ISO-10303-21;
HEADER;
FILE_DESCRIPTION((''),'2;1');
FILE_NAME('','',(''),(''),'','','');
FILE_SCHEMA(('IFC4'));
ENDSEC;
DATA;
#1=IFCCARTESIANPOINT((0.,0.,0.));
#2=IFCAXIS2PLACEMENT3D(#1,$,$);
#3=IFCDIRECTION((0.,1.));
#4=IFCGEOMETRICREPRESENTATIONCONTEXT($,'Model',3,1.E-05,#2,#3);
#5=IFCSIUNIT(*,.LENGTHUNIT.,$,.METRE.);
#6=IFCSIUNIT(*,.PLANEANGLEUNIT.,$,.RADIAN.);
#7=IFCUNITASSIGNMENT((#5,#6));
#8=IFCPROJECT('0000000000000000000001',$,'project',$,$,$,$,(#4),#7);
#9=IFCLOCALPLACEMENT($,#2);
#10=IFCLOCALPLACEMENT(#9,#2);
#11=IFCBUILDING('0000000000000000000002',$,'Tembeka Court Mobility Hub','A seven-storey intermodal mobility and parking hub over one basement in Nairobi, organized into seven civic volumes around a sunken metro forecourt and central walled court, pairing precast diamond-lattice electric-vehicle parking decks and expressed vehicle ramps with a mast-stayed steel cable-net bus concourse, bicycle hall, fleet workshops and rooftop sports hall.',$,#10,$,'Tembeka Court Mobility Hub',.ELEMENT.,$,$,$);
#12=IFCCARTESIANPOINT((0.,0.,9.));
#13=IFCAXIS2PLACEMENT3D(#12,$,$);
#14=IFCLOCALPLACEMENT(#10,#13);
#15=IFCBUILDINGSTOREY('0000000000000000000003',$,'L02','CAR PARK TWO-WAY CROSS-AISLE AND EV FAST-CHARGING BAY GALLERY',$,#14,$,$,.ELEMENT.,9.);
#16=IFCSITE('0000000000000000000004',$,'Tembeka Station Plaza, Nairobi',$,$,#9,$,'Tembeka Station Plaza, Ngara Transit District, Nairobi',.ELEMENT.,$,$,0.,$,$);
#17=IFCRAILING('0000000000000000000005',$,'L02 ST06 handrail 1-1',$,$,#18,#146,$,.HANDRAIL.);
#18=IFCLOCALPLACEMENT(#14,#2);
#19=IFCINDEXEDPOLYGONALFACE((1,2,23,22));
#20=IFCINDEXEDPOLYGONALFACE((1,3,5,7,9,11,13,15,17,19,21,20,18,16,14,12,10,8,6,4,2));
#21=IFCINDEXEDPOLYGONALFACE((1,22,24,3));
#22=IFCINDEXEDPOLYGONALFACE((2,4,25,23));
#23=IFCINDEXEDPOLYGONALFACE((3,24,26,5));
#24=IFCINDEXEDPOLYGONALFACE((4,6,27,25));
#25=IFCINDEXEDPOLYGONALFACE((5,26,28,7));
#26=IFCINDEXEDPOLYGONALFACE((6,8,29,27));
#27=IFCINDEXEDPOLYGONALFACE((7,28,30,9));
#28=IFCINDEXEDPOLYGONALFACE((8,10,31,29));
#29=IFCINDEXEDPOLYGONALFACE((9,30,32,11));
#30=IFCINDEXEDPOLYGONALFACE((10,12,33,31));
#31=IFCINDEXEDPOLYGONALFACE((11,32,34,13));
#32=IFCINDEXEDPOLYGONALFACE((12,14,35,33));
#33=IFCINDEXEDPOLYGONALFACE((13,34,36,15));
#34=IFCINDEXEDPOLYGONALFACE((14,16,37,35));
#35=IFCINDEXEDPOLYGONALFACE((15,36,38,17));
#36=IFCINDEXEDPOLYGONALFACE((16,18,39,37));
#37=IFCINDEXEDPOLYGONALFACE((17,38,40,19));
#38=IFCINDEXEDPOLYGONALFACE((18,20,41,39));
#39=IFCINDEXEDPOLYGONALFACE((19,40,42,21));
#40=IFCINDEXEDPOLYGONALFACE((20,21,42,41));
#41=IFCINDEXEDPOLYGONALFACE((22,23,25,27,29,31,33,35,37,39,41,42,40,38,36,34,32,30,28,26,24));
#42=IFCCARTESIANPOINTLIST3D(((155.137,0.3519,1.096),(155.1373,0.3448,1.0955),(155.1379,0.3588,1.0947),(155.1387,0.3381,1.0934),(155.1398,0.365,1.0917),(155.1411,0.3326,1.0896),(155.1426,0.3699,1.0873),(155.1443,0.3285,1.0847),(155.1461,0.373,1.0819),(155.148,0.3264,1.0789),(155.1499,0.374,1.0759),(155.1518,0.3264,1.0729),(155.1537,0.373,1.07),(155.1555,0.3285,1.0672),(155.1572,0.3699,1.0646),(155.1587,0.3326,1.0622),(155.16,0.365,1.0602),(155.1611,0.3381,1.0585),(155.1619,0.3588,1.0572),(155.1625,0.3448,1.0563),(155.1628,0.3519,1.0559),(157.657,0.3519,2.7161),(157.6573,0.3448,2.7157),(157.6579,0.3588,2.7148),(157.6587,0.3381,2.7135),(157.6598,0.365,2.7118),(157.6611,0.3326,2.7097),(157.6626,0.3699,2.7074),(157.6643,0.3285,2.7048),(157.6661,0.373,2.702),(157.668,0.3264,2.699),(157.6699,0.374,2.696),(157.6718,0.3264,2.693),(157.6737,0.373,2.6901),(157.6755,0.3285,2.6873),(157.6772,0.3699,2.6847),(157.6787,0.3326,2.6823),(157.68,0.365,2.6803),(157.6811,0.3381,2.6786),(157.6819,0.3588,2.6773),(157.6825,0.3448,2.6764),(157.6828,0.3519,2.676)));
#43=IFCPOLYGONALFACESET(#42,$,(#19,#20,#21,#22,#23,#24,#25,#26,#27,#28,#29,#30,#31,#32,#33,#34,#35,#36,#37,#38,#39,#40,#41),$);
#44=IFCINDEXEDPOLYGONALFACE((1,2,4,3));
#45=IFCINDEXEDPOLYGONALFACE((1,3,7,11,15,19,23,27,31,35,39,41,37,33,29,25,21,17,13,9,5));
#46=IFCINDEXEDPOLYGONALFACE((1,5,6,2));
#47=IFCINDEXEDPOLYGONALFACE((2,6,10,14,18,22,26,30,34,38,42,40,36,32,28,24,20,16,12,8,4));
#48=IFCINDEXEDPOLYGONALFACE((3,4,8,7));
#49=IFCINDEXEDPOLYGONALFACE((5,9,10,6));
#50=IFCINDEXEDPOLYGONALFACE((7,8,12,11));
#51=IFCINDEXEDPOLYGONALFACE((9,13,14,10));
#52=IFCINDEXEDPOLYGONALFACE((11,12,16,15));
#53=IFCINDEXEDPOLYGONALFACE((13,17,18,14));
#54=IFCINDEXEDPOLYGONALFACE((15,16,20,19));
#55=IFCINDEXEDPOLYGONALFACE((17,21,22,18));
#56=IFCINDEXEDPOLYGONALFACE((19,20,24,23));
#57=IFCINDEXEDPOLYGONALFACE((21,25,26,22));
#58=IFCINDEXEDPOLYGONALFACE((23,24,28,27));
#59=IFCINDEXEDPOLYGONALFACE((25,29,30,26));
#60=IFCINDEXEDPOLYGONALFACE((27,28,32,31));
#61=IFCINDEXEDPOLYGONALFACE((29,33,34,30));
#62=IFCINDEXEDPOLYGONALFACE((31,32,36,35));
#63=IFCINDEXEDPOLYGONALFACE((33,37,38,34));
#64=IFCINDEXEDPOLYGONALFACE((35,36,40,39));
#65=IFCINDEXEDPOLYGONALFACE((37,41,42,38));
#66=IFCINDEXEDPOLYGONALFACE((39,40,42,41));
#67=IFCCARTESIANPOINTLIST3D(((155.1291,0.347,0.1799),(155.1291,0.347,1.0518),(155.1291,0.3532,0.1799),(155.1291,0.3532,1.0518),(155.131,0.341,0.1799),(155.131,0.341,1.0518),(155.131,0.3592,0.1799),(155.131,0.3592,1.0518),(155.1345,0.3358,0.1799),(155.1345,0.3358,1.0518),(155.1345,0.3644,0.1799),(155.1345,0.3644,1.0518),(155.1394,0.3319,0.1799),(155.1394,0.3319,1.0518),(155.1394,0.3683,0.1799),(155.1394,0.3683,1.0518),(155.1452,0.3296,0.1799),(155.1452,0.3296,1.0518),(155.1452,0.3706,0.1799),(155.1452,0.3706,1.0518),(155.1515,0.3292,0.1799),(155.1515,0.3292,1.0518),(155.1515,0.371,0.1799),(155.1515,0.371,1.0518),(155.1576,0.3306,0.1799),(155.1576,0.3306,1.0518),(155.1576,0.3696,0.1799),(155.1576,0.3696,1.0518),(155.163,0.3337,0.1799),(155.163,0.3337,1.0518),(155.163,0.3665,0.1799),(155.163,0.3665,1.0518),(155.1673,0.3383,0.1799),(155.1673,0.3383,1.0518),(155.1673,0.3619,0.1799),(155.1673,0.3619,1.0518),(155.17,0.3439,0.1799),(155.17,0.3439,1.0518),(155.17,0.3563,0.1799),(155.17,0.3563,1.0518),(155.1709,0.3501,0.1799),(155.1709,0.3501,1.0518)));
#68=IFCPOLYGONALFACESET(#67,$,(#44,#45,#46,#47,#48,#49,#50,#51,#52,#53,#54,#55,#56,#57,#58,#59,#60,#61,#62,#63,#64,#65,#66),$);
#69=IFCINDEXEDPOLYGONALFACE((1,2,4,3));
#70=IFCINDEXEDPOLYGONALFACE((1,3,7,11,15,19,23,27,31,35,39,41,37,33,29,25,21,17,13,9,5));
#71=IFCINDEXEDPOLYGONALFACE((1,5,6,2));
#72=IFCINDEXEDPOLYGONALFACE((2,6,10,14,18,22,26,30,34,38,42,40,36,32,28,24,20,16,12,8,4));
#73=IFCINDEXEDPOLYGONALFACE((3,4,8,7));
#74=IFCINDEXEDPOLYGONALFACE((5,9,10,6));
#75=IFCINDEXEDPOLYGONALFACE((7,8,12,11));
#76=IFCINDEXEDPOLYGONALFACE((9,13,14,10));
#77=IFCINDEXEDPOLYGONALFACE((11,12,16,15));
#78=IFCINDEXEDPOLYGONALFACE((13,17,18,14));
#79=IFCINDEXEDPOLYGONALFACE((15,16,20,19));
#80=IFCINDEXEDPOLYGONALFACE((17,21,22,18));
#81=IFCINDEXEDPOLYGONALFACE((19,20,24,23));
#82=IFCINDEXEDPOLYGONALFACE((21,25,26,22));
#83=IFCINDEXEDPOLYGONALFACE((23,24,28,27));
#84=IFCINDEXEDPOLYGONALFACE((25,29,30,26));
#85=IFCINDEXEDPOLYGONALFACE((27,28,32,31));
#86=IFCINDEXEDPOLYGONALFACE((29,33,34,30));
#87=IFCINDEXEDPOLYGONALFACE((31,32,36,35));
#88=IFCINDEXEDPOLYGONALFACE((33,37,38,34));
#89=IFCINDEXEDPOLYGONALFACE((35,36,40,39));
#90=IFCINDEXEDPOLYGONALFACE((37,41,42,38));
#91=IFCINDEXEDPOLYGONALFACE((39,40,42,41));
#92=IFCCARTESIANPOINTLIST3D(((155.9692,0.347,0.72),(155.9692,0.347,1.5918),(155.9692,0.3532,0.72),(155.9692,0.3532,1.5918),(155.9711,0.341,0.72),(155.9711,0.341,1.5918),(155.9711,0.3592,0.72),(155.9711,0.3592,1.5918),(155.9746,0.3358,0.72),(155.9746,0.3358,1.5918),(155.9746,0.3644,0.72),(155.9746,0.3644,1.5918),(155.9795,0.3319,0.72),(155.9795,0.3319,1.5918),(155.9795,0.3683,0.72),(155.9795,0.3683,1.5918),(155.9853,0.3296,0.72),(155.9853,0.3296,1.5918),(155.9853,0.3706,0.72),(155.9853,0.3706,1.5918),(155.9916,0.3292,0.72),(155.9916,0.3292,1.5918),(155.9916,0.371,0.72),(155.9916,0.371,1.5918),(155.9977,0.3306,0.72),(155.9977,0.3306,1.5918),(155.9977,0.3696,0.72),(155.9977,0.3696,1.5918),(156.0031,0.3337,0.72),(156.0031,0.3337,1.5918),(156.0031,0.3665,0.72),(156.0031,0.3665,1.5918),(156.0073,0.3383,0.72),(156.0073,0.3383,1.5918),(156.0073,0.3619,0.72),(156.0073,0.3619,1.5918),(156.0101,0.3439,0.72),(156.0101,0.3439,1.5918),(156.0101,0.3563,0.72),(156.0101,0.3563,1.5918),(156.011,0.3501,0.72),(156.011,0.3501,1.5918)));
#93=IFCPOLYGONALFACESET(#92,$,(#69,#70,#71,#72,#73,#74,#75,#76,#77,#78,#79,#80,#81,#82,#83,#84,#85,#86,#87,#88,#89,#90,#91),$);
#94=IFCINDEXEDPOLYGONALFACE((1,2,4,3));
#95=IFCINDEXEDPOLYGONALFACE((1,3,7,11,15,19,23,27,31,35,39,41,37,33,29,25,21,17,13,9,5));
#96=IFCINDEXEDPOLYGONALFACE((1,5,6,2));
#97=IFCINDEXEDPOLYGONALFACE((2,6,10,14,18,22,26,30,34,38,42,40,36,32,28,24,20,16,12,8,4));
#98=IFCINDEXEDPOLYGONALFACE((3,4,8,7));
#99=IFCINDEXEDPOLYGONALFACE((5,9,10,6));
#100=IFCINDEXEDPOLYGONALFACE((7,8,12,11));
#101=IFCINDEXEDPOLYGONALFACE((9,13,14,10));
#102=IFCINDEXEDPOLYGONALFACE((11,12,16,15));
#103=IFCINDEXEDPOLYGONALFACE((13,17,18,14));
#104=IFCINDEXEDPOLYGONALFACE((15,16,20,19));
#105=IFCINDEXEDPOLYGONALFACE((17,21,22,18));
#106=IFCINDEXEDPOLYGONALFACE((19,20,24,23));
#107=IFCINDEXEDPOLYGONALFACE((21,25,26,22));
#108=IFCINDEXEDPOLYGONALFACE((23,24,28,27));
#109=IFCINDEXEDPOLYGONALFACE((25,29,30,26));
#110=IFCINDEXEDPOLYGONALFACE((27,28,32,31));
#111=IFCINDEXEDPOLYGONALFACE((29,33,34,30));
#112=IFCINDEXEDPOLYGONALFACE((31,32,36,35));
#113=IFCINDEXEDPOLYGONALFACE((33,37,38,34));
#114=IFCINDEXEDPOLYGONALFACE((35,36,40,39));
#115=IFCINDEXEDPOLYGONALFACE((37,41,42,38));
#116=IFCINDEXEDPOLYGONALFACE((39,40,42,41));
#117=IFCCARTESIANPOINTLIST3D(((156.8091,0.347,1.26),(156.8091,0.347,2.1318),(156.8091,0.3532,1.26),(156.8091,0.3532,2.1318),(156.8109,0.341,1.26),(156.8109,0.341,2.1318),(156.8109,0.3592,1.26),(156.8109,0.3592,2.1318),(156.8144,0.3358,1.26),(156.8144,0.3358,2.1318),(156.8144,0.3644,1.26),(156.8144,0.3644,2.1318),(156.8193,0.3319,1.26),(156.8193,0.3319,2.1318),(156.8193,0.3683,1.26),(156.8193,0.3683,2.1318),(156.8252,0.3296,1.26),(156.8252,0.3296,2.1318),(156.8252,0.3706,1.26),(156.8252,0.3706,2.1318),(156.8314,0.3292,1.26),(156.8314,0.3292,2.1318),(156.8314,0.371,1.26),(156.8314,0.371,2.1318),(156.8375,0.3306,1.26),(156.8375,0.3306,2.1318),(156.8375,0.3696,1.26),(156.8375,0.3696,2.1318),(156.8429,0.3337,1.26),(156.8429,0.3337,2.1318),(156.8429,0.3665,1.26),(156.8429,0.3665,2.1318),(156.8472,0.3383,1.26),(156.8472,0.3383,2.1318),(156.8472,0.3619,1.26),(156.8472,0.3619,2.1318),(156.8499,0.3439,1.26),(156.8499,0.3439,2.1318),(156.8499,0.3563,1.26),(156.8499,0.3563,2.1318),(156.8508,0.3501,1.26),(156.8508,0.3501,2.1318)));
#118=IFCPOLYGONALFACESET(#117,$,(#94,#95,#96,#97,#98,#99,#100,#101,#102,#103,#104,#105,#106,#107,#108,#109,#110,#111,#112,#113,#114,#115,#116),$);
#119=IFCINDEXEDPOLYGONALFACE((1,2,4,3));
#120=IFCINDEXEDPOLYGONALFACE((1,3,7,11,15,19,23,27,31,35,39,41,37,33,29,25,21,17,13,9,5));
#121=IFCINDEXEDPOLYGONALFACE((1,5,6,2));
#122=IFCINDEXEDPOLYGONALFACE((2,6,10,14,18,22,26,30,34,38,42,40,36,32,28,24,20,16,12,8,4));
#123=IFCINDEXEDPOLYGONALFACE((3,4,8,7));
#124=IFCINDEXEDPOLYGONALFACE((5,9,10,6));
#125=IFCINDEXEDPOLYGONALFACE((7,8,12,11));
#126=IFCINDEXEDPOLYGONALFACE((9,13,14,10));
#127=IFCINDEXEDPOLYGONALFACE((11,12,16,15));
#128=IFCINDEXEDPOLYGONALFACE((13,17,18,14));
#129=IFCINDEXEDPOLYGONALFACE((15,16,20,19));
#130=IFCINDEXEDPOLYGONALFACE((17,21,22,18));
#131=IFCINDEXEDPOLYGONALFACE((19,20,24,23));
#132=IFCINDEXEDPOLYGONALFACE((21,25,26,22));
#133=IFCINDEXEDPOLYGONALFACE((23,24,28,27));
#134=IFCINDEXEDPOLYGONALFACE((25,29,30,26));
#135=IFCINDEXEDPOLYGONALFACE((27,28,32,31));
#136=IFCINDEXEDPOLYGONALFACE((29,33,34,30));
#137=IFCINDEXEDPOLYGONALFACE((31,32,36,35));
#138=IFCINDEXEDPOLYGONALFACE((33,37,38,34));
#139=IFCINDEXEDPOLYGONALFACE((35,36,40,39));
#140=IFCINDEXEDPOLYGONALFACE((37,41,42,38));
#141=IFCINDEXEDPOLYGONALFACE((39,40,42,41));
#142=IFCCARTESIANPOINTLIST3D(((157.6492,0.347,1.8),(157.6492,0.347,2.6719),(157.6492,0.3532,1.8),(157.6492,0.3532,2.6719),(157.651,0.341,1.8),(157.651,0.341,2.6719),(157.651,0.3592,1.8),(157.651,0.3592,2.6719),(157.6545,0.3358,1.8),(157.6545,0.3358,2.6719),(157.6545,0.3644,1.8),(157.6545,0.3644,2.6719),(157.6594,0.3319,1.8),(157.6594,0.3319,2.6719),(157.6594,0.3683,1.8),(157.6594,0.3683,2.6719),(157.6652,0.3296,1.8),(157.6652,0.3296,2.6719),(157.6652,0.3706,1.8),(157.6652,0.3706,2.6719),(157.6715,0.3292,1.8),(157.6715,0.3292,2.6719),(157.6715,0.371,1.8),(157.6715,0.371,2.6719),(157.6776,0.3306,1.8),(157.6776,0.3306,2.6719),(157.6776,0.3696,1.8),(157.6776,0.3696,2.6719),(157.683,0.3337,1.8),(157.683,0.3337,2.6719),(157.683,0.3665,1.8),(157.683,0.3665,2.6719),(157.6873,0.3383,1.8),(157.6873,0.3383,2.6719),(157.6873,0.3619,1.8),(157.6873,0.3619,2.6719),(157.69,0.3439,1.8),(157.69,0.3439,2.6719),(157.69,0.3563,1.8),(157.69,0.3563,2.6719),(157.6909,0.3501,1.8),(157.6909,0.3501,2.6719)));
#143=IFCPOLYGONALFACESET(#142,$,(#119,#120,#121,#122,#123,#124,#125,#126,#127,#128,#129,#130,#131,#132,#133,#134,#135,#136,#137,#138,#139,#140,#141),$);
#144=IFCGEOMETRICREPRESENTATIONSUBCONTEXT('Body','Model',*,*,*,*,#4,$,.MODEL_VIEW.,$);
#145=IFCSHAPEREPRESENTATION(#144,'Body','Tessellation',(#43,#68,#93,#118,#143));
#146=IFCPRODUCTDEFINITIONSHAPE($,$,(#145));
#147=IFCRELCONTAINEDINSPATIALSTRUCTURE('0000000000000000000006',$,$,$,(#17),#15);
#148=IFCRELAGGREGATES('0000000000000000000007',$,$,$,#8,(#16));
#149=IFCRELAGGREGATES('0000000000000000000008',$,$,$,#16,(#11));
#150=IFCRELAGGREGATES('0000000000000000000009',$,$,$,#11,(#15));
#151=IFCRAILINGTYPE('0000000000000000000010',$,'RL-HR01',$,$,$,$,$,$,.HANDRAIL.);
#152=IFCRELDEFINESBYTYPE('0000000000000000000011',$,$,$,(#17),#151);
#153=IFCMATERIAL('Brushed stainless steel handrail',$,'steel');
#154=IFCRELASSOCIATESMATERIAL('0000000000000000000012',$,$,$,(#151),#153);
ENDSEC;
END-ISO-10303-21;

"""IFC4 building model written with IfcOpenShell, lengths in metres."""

from ifc_helpers import new_model, si_unit, direction, frame, origin, origin_2d, place, context, subcontext, project, spatial, circle, extrude, material, type_object, element, save


model = new_model("IFC4")

# Units and contexts
model_context = context("Model", 3, precision=1e-05, world=origin(), true_north=direction((0.0, 1.0)))
body_context = subcontext(model_context, "Body", "Model", "MODEL_VIEW")
ifc_project = project(units=[si_unit("LENGTHUNIT", "METRE"), si_unit("PLANEANGLEUNIT", "RADIAN")], contexts=[model_context])

# Site, building, storey
site_placement = place(None, origin())
site = spatial("IfcSite", under=ifc_project, at=site_placement, Name="Tembeka Station Plaza, Nairobi", LongName="Tembeka Station Plaza, Ngara Transit District, Nairobi", CompositionType="ELEMENT", RefElevation=0.0)
building_placement = place(site_placement, origin())
building = spatial("IfcBuilding", under=site, at=building_placement, Name="Tembeka Court Mobility Hub", Description="A seven-storey intermodal mobility and parking hub over one basement in Nairobi, organized into seven civic volumes around a sunken metro forecourt and central walled court, pairing precast diamond-lattice electric-vehicle parking decks and expressed vehicle ramps with a mast-stayed steel cable-net bus concourse, bicycle hall, fleet workshops and rooftop sports hall.", LongName="Tembeka Court Mobility Hub", CompositionType="ELEMENT")
storey_placement = place(building_placement, frame((0.0, 0.0, 9.0)))
storey = spatial("IfcBuildingStorey", under=building, at=storey_placement, Name="L02", Description="CAR PARK TWO-WAY CROSS-AISLE AND EV FAST-CHARGING BAY GALLERY", CompositionType="ELEMENT", Elevation=9.0)

# Railing
ifc_material_1 = material(Name="Brushed stainless steel handrail", Category="steel")
railing_type_1 = type_object("IfcRailingType", Name="RL-HR01", PredefinedType="HANDRAIL", material=ifc_material_1)
railing_1_placement = place(storey_placement, frame((155.1499, 0.3501, 0.1799)))
element("IfcRailing", 1, at=railing_1_placement, inside=storey, type_object=railing_type_1, Name="L02 ST06 handrail 1-1", PredefinedType="HANDRAIL", context=body_context, shape_type="SweptSolid", body=[
    extrude(circle(Radius=0.0239, at=origin_2d()), frame((0.0, 0.0, 0.896), z_axis=(0.841163, 0.0, 0.540782), x_axis=(0.0, 1.0, 0.0)), (0.0, 0.0, 1.0), 2.9958),
    extrude(circle(Radius=0.021, at=origin_2d()), origin(), (0.0, 0.0, 1.0), 0.8718),
    extrude(circle(Radius=0.021, at=origin_2d()), frame((0.8401, 0.0, 0.54)), (0.0, 0.0, 1.0), 0.8718),
    extrude(circle(Radius=0.021, at=origin_2d()), frame((1.6799, 0.0, 1.0801)), (0.0, 0.0, 1.0), 0.8718),
    extrude(circle(Radius=0.021, at=origin_2d()), frame((2.52, 0.0, 1.6201)), (0.0, 0.0, 1.0), 0.8718),
])

save(model, "model.ifc")
